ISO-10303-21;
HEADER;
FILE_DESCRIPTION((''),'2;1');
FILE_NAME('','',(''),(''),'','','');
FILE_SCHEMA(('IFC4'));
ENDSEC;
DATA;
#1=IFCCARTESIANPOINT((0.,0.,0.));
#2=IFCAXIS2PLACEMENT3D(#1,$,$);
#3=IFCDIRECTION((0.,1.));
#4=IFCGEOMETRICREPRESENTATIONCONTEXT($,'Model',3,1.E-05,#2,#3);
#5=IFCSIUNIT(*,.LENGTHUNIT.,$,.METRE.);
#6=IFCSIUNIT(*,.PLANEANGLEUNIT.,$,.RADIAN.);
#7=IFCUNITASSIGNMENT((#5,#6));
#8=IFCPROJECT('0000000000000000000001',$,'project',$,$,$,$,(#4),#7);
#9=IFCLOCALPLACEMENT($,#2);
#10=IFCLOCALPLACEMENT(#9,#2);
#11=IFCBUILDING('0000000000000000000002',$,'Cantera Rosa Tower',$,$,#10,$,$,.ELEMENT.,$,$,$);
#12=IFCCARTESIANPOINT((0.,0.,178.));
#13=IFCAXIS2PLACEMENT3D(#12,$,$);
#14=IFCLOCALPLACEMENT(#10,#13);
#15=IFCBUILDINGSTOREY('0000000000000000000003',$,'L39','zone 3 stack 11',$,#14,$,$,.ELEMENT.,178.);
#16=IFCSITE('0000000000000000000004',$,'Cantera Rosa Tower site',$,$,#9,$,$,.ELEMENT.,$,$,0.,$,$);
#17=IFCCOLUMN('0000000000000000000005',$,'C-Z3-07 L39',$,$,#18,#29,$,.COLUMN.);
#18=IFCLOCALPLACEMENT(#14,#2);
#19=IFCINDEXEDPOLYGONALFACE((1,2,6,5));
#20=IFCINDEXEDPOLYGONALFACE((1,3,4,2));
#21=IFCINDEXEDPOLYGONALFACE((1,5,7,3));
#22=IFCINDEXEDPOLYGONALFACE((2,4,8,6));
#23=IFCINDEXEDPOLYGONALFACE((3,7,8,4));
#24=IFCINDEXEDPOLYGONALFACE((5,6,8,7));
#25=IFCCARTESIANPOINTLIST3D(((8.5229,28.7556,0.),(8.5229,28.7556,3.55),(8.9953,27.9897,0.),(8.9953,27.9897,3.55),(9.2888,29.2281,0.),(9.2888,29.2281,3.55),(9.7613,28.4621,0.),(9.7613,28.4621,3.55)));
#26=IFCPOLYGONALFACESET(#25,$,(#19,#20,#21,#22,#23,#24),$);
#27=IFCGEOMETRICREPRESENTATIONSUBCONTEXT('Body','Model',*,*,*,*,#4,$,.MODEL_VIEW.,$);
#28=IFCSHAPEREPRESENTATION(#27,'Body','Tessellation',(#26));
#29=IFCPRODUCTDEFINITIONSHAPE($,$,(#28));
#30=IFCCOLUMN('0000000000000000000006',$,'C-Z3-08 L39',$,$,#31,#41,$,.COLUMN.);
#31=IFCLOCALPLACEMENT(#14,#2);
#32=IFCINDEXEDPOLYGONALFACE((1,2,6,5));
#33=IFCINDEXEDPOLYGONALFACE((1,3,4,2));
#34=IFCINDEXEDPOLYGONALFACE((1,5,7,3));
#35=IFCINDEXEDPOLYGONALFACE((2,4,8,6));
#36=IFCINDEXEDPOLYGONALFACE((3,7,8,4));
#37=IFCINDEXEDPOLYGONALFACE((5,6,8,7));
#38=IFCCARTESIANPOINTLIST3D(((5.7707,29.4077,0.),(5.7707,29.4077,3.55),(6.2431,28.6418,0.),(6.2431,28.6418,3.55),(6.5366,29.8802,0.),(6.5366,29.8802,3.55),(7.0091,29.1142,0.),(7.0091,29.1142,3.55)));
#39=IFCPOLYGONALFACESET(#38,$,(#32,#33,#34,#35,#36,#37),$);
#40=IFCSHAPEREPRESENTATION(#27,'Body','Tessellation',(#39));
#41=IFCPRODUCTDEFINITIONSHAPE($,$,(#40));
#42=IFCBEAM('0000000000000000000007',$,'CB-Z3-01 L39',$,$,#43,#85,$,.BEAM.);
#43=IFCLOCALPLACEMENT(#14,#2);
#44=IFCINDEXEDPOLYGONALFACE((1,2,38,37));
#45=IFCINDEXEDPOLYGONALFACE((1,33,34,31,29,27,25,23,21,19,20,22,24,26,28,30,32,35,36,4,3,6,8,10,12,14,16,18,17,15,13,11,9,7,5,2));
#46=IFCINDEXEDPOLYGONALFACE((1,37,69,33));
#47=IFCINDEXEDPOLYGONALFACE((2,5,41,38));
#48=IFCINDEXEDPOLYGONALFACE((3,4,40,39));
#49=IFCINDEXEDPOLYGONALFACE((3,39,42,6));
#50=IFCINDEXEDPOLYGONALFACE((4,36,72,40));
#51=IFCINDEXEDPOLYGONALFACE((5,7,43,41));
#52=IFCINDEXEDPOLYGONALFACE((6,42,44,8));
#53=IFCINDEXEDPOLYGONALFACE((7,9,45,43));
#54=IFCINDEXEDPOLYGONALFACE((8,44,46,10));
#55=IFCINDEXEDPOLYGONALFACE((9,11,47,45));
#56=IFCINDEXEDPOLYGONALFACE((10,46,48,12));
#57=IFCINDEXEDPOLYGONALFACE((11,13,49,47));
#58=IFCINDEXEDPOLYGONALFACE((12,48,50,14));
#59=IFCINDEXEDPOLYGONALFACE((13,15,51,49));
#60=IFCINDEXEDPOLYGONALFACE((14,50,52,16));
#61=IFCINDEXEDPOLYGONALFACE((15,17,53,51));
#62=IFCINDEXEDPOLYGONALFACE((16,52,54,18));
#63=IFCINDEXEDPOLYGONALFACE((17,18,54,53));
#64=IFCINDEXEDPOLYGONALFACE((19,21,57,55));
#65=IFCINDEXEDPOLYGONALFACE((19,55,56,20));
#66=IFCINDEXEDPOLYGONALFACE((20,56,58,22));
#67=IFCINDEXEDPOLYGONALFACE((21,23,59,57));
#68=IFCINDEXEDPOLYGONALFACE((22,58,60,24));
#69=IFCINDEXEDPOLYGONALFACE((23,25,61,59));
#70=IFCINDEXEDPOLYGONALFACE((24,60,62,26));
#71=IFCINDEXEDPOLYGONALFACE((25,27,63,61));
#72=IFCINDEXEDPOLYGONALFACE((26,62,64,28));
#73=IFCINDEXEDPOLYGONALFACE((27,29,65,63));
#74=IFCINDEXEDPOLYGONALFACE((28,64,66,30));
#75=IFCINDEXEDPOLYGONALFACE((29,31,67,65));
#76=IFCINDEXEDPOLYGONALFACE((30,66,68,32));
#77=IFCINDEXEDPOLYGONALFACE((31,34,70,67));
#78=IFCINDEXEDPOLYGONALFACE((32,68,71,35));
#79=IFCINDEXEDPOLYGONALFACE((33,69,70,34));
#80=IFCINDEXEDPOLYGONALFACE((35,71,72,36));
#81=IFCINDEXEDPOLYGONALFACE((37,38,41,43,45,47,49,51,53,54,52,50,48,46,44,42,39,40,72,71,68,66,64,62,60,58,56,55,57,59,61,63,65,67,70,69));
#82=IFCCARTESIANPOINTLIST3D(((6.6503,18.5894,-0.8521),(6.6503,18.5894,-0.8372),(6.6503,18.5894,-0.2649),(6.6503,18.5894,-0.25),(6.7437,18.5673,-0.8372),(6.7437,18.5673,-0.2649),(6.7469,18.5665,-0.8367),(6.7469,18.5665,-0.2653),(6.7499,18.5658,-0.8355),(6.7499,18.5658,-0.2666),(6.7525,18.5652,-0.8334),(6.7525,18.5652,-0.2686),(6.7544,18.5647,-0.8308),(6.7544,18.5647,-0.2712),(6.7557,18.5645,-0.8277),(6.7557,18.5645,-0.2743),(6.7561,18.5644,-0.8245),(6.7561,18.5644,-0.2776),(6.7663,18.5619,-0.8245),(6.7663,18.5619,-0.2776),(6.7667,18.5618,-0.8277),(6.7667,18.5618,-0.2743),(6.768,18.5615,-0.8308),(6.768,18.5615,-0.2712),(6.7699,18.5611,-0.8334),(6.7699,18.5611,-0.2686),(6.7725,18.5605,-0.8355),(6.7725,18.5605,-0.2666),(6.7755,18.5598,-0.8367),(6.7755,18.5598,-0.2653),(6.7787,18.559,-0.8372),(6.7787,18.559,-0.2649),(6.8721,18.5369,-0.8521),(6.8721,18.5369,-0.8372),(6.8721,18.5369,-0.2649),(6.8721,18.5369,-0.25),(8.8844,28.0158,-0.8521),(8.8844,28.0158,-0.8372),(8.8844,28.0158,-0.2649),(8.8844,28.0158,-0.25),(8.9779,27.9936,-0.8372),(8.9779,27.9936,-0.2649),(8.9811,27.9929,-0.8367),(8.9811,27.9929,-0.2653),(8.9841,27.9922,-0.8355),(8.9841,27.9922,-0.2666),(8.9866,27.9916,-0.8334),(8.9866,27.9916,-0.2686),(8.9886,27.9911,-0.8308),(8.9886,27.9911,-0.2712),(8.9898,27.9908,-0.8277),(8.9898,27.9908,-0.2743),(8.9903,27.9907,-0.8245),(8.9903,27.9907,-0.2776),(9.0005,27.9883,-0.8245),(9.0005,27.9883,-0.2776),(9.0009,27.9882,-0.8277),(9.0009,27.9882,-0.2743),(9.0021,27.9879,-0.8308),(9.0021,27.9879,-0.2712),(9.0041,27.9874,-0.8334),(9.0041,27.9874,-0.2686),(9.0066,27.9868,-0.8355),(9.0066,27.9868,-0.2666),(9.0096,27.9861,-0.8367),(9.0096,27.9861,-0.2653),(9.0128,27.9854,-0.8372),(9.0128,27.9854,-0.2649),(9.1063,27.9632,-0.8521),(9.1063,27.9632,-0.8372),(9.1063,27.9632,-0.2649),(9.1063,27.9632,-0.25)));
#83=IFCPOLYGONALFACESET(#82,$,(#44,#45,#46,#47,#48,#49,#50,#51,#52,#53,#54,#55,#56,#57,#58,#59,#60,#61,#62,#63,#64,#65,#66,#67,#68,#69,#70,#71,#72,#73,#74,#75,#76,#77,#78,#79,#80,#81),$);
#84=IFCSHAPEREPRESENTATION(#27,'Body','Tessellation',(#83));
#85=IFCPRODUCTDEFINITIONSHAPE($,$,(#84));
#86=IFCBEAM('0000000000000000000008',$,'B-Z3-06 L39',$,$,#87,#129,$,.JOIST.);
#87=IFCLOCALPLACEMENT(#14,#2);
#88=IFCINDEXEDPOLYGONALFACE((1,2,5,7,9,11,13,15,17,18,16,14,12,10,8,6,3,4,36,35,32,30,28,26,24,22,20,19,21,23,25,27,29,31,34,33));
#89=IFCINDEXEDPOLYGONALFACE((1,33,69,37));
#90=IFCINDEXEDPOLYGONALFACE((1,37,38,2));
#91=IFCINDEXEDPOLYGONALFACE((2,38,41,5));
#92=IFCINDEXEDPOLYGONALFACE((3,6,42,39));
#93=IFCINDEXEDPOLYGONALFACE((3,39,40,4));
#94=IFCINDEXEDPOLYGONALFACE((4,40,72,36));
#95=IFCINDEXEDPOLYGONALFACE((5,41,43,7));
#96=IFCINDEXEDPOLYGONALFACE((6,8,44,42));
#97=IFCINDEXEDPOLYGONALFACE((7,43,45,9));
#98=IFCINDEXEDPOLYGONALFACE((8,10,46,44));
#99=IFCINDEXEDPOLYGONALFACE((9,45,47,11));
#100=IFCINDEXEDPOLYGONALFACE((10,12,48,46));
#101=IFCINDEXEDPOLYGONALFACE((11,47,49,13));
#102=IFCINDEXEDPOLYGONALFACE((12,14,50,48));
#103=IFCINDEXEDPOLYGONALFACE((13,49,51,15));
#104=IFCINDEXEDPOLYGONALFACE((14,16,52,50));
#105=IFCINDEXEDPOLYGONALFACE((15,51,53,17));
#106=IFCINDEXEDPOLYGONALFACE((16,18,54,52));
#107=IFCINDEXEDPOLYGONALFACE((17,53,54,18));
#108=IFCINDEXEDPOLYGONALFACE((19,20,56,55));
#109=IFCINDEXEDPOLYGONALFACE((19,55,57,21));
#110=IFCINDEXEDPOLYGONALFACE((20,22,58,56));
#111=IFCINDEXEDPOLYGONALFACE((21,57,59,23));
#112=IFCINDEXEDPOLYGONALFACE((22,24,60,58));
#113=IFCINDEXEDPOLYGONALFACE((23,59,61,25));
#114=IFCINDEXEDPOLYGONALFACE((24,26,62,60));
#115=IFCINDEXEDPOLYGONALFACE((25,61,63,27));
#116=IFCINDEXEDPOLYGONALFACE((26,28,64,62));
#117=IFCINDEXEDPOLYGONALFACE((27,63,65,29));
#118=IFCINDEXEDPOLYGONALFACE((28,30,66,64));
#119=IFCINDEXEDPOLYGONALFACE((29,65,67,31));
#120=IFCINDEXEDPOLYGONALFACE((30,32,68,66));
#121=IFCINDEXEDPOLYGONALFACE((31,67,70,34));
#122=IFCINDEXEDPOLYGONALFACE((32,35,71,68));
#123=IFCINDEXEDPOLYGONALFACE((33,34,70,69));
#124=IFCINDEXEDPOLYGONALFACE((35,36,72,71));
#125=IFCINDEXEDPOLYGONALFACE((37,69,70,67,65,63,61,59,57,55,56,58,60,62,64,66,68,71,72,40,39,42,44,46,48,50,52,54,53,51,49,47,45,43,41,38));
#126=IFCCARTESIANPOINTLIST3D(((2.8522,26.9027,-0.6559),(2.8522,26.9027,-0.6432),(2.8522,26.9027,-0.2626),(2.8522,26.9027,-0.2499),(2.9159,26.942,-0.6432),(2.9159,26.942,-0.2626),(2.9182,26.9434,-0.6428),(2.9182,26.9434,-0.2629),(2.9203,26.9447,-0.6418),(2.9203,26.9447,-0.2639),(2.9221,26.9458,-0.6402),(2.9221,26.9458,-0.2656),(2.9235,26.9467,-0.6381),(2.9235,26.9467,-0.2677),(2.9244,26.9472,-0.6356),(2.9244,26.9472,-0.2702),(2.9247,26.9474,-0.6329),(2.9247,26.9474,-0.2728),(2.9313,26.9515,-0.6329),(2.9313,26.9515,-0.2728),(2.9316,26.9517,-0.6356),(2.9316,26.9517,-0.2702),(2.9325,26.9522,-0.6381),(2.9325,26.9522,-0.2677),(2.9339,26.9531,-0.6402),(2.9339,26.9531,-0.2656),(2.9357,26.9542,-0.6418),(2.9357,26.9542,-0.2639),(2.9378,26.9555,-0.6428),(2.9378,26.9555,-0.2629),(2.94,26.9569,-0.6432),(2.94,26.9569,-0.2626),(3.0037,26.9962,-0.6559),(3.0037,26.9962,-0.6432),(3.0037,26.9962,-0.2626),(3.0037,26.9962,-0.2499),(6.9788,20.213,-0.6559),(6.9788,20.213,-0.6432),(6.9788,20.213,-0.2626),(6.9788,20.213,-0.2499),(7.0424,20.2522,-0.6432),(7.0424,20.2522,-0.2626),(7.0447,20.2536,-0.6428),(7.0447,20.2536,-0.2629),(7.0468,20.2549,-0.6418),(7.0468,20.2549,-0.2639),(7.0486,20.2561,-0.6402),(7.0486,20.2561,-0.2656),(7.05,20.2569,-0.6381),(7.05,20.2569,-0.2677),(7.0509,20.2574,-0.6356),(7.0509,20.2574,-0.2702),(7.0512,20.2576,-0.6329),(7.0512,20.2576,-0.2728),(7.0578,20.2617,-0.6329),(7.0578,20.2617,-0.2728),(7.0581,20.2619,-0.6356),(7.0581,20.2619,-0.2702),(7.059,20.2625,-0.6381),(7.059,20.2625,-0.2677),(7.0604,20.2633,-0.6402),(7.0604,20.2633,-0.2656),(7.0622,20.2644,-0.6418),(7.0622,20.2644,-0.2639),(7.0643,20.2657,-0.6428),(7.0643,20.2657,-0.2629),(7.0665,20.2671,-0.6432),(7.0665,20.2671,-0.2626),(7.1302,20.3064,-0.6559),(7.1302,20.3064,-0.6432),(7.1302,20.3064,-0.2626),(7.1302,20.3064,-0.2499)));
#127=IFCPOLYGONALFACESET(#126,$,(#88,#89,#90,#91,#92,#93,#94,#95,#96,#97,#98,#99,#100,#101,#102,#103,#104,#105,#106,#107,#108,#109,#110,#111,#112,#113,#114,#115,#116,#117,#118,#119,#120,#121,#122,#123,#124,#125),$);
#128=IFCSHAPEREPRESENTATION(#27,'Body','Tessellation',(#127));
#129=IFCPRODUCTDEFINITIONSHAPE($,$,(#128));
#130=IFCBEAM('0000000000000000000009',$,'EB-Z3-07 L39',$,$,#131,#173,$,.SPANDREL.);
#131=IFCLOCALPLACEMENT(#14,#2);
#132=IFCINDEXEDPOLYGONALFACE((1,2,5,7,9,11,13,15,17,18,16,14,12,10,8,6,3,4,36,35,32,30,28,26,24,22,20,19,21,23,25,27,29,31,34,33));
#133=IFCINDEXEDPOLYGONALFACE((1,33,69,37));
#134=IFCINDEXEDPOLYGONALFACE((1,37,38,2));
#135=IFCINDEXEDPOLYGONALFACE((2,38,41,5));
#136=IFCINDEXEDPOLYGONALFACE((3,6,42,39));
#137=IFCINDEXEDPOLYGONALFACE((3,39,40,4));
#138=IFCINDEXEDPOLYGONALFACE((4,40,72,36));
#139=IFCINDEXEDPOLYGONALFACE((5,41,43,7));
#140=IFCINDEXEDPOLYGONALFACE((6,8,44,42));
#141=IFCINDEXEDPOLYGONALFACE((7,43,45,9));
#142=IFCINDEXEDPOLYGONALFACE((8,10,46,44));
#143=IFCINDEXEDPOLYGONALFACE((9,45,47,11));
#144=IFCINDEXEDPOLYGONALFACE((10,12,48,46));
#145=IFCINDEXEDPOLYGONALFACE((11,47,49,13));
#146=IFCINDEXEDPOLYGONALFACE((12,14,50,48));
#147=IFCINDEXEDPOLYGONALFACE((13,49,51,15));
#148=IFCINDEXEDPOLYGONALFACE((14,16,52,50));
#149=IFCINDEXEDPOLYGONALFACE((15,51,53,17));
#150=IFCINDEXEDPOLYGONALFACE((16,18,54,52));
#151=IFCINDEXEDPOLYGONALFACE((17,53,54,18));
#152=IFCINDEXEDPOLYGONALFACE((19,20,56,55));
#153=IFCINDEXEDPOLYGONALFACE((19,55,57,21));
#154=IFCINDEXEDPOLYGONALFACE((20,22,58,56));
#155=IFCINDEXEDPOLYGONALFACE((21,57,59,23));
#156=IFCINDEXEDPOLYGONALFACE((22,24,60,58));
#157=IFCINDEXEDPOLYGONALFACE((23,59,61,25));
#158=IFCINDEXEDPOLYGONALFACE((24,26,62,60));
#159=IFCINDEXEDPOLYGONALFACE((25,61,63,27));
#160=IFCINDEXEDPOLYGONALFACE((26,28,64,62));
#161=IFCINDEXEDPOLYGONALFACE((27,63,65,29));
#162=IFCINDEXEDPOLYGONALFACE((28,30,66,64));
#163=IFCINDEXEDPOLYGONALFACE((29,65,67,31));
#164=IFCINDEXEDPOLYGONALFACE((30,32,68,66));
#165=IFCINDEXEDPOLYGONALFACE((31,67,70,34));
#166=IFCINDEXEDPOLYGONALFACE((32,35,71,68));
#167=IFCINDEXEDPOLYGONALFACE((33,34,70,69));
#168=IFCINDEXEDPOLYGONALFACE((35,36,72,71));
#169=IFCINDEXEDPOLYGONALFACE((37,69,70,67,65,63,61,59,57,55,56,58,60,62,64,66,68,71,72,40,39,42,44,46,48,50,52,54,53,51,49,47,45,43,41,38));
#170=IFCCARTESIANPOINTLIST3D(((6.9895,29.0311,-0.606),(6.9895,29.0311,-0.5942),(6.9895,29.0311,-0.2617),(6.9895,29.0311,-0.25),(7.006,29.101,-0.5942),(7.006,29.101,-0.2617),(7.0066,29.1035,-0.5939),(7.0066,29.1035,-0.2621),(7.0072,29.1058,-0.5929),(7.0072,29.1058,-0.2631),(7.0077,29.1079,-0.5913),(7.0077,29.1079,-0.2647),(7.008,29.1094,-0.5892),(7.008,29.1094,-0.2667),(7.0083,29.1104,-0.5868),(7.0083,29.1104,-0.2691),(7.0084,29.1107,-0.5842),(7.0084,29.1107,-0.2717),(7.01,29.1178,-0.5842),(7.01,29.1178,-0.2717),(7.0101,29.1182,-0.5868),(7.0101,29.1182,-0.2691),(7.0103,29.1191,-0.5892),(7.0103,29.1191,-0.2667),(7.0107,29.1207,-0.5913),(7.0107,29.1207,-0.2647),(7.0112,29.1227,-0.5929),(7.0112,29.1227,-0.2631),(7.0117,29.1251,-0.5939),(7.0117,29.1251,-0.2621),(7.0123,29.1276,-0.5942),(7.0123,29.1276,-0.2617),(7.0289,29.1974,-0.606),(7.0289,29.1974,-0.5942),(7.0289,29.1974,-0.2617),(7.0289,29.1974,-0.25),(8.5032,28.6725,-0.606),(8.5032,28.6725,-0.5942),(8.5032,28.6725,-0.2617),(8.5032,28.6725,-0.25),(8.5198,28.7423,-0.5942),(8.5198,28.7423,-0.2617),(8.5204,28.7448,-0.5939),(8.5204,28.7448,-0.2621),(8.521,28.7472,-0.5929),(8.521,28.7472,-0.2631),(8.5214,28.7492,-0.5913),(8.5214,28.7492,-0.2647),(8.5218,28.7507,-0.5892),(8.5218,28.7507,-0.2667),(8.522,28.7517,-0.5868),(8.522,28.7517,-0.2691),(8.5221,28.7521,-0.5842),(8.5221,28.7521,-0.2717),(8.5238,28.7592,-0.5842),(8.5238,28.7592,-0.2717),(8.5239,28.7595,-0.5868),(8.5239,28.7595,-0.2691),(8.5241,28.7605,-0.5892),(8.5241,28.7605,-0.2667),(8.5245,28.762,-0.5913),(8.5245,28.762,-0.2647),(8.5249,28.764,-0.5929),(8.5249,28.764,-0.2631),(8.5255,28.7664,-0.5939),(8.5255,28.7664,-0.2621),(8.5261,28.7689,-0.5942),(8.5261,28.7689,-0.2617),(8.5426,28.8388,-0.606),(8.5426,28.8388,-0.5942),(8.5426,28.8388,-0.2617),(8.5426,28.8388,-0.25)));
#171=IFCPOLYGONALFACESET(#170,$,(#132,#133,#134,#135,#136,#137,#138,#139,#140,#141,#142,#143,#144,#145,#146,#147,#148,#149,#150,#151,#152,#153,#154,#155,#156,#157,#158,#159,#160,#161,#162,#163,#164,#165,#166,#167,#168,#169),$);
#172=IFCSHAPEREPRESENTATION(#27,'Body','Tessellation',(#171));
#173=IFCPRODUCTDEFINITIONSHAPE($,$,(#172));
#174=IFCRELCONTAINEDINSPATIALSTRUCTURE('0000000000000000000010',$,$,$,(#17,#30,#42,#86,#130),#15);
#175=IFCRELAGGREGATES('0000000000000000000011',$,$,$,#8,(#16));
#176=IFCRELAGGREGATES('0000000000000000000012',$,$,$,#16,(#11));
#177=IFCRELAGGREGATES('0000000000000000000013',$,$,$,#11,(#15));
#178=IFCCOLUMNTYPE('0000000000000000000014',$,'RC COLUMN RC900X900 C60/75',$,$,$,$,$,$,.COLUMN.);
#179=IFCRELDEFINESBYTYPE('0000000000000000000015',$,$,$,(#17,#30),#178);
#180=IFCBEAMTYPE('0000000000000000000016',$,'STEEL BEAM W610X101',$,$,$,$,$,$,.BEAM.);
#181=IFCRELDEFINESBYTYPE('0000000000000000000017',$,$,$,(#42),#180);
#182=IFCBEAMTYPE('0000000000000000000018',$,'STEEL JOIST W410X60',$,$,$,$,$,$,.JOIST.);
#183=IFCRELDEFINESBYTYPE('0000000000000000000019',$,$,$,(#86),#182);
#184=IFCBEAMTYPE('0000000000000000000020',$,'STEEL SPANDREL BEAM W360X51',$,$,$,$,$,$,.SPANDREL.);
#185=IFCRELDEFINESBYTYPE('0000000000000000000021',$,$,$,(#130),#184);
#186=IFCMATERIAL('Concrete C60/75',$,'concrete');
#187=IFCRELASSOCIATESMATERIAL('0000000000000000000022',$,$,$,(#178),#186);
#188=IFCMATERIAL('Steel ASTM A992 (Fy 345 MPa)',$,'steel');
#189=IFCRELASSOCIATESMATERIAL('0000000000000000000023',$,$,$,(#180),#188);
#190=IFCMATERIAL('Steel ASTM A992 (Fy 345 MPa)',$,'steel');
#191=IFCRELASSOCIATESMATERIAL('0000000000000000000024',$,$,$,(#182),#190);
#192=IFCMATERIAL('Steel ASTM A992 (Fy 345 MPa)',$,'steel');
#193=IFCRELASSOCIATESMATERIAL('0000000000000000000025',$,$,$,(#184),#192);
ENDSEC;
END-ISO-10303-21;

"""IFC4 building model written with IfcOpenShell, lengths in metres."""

from ifc_helpers import new_model, si_unit, direction, frame, origin, origin_2d, place, context, subcontext, project, spatial, rectangle, i_section, extrude, material, material_profile, profile_set, type_object, element, save


model = new_model("IFC4")

# Units and contexts
model_context = context("Model", 3, precision=1e-05, world=origin(), true_north=direction((0.0, 1.0)))
body_context = subcontext(model_context, "Body", "Model", "MODEL_VIEW")
ifc_project = project(units=[si_unit("LENGTHUNIT", "METRE"), si_unit("PLANEANGLEUNIT", "RADIAN")], contexts=[model_context])

# Site, building, storey
site_placement = place(None, origin())
site = spatial("IfcSite", under=ifc_project, at=site_placement, Name="Cantera Rosa Tower site", CompositionType="ELEMENT", RefElevation=0.0)
building_placement = place(site_placement, origin())
building = spatial("IfcBuilding", under=site, at=building_placement, Name="Cantera Rosa Tower", CompositionType="ELEMENT")
storey_placement = place(building_placement, frame((0.0, 0.0, 178.0)))
storey = spatial("IfcBuildingStorey", under=building, at=storey_placement, Name="L39", Description="zone 3 stack 11", CompositionType="ELEMENT", Elevation=178.0)

# Columns
ifc_material_1 = material(Name="Concrete C60/75", Category="concrete")
ifc_material_profile_1 = material_profile(ifc_material_1, rectangle(XDim=0.8999, YDim=0.8999, at=origin_2d()), Name="RC COLUMN RC900X900 C60/75")
ifc_profile_set_1 = profile_set([ifc_material_profile_1], Name="Concrete C60/75")
column_type = type_object("IfcColumnType", Name="RC COLUMN RC900X900 C60/75", PredefinedType="COLUMN", material=ifc_profile_set_1)
for number, where, z_axis, x_axis, name in (
    (1, (9.1421, 28.6089, 0.0), (0.0, 0.0, 1.0), (0.851117, 0.524977, 0.0), "C-Z3-07 L39"),
    (2, (6.3899, 29.261, 0.0), (0.0, 0.0, 1.0), (0.851117, 0.524977, 0.0), "C-Z3-08 L39"),
):
    element("IfcColumn", number, at=place(storey_placement, frame(where, z_axis=z_axis, x_axis=x_axis)), inside=storey, type_object=column_type, Name=name, PredefinedType="COLUMN", context=body_context, shape_type="SweptSolid", body=[
        extrude(rectangle(XDim=0.8999, YDim=0.8999, at=origin_2d()), origin(), (0.0, 0.0, 1.0), 3.55),
    ])

# Beams
ifc_material_2 = material(Name="Steel ASTM A992 (Fy 345 MPa)", Category="steel")
ifc_material_profile_2 = material_profile(ifc_material_2, i_section(OverallWidth=0.228, OverallDepth=0.6021, WebThickness=0.0105, FlangeThickness=0.0149, FilletRadius=0.0127, at=origin_2d()), Name="W610X101")
ifc_profile_set_2 = profile_set([ifc_material_profile_2], Name="Steel ASTM A992 (Fy 345 MPa)")
beam_type_1 = type_object("IfcBeamType", Name="STEEL BEAM W610X101", PredefinedType="BEAM", material=ifc_profile_set_2)
beam_1_placement = place(storey_placement, frame((8.9954, 27.9895, -0.551), z_axis=(-0.230622, -0.973043, 0.0), x_axis=(0.973043, -0.230622, 0.0)))
element("IfcBeam", 3, at=beam_1_placement, inside=storey, type_object=beam_type_1, Name="CB-Z3-01 L39", PredefinedType="BEAM", context=body_context, shape_type="SweptSolid", body=[
    extrude(i_section(OverallWidth=0.228, OverallDepth=0.6021, WebThickness=0.0105, FlangeThickness=0.0149, FilletRadius=0.0127, at=origin_2d()), origin(), (0.0, 0.0, 1.0), 9.6875),
])
ifc_material_3 = material(Name="Steel ASTM A992 (Fy 345 MPa)", Category="steel")
ifc_material_profile_3 = material_profile(ifc_material_3, i_section(OverallWidth=0.178, OverallDepth=0.406, WebThickness=0.0078, FlangeThickness=0.0127, FilletRadius=0.0103, at=origin_2d()), Name="W410X60")
ifc_profile_set_3 = profile_set([ifc_material_profile_3], Name="Steel ASTM A992 (Fy 345 MPa)")
beam_type_2 = type_object("IfcBeamType", Name="STEEL JOIST W410X60", PredefinedType="JOIST", material=ifc_profile_set_3)
beam_2_placement = place(storey_placement, frame((2.928, 26.9495, -0.4529), z_axis=(0.524995, -0.851105, 0.0), x_axis=(0.851105, 0.524995, 0.0)))
element("IfcBeam", 4, at=beam_2_placement, inside=storey, type_object=beam_type_2, Name="B-Z3-06 L39", PredefinedType="JOIST", context=body_context, shape_type="SweptSolid", body=[
    extrude(i_section(OverallWidth=0.178, OverallDepth=0.406, WebThickness=0.0078, FlangeThickness=0.0127, FilletRadius=0.0103, at=origin_2d()), origin(), (0.0, 0.0, 1.0), 7.8601),
])
ifc_material_4 = material(Name="Steel ASTM A992 (Fy 345 MPa)", Category="steel")
ifc_material_profile_4 = material_profile(ifc_material_4, i_section(OverallWidth=0.1709, OverallDepth=0.356, WebThickness=0.0073, FlangeThickness=0.0117, FilletRadius=0.01, at=origin_2d()), Name="W360X51")
ifc_profile_set_4 = profile_set([ifc_material_profile_4], Name="Steel ASTM A992 (Fy 345 MPa)")
beam_type_3 = type_object("IfcBeamType", Name="STEEL SPANDREL BEAM W360X51", PredefinedType="SPANDREL", material=ifc_profile_set_4)
beam_3_placement = place(storey_placement, frame((8.5229, 28.7556, -0.428), z_axis=(-0.97306, 0.230552, 0.0), x_axis=(-0.230552, -0.97306, 0.0)))
element("IfcBeam", 5, at=beam_3_placement, inside=storey, type_object=beam_type_3, Name="EB-Z3-07 L39", PredefinedType="SPANDREL", context=body_context, shape_type="SweptSolid", body=[
    extrude(i_section(OverallWidth=0.1709, OverallDepth=0.356, WebThickness=0.0073, FlangeThickness=0.0117, FilletRadius=0.01, at=origin_2d()), origin(), (0.0, 0.0, 1.0), 1.5557),
])

save(model, "model.ifc")
